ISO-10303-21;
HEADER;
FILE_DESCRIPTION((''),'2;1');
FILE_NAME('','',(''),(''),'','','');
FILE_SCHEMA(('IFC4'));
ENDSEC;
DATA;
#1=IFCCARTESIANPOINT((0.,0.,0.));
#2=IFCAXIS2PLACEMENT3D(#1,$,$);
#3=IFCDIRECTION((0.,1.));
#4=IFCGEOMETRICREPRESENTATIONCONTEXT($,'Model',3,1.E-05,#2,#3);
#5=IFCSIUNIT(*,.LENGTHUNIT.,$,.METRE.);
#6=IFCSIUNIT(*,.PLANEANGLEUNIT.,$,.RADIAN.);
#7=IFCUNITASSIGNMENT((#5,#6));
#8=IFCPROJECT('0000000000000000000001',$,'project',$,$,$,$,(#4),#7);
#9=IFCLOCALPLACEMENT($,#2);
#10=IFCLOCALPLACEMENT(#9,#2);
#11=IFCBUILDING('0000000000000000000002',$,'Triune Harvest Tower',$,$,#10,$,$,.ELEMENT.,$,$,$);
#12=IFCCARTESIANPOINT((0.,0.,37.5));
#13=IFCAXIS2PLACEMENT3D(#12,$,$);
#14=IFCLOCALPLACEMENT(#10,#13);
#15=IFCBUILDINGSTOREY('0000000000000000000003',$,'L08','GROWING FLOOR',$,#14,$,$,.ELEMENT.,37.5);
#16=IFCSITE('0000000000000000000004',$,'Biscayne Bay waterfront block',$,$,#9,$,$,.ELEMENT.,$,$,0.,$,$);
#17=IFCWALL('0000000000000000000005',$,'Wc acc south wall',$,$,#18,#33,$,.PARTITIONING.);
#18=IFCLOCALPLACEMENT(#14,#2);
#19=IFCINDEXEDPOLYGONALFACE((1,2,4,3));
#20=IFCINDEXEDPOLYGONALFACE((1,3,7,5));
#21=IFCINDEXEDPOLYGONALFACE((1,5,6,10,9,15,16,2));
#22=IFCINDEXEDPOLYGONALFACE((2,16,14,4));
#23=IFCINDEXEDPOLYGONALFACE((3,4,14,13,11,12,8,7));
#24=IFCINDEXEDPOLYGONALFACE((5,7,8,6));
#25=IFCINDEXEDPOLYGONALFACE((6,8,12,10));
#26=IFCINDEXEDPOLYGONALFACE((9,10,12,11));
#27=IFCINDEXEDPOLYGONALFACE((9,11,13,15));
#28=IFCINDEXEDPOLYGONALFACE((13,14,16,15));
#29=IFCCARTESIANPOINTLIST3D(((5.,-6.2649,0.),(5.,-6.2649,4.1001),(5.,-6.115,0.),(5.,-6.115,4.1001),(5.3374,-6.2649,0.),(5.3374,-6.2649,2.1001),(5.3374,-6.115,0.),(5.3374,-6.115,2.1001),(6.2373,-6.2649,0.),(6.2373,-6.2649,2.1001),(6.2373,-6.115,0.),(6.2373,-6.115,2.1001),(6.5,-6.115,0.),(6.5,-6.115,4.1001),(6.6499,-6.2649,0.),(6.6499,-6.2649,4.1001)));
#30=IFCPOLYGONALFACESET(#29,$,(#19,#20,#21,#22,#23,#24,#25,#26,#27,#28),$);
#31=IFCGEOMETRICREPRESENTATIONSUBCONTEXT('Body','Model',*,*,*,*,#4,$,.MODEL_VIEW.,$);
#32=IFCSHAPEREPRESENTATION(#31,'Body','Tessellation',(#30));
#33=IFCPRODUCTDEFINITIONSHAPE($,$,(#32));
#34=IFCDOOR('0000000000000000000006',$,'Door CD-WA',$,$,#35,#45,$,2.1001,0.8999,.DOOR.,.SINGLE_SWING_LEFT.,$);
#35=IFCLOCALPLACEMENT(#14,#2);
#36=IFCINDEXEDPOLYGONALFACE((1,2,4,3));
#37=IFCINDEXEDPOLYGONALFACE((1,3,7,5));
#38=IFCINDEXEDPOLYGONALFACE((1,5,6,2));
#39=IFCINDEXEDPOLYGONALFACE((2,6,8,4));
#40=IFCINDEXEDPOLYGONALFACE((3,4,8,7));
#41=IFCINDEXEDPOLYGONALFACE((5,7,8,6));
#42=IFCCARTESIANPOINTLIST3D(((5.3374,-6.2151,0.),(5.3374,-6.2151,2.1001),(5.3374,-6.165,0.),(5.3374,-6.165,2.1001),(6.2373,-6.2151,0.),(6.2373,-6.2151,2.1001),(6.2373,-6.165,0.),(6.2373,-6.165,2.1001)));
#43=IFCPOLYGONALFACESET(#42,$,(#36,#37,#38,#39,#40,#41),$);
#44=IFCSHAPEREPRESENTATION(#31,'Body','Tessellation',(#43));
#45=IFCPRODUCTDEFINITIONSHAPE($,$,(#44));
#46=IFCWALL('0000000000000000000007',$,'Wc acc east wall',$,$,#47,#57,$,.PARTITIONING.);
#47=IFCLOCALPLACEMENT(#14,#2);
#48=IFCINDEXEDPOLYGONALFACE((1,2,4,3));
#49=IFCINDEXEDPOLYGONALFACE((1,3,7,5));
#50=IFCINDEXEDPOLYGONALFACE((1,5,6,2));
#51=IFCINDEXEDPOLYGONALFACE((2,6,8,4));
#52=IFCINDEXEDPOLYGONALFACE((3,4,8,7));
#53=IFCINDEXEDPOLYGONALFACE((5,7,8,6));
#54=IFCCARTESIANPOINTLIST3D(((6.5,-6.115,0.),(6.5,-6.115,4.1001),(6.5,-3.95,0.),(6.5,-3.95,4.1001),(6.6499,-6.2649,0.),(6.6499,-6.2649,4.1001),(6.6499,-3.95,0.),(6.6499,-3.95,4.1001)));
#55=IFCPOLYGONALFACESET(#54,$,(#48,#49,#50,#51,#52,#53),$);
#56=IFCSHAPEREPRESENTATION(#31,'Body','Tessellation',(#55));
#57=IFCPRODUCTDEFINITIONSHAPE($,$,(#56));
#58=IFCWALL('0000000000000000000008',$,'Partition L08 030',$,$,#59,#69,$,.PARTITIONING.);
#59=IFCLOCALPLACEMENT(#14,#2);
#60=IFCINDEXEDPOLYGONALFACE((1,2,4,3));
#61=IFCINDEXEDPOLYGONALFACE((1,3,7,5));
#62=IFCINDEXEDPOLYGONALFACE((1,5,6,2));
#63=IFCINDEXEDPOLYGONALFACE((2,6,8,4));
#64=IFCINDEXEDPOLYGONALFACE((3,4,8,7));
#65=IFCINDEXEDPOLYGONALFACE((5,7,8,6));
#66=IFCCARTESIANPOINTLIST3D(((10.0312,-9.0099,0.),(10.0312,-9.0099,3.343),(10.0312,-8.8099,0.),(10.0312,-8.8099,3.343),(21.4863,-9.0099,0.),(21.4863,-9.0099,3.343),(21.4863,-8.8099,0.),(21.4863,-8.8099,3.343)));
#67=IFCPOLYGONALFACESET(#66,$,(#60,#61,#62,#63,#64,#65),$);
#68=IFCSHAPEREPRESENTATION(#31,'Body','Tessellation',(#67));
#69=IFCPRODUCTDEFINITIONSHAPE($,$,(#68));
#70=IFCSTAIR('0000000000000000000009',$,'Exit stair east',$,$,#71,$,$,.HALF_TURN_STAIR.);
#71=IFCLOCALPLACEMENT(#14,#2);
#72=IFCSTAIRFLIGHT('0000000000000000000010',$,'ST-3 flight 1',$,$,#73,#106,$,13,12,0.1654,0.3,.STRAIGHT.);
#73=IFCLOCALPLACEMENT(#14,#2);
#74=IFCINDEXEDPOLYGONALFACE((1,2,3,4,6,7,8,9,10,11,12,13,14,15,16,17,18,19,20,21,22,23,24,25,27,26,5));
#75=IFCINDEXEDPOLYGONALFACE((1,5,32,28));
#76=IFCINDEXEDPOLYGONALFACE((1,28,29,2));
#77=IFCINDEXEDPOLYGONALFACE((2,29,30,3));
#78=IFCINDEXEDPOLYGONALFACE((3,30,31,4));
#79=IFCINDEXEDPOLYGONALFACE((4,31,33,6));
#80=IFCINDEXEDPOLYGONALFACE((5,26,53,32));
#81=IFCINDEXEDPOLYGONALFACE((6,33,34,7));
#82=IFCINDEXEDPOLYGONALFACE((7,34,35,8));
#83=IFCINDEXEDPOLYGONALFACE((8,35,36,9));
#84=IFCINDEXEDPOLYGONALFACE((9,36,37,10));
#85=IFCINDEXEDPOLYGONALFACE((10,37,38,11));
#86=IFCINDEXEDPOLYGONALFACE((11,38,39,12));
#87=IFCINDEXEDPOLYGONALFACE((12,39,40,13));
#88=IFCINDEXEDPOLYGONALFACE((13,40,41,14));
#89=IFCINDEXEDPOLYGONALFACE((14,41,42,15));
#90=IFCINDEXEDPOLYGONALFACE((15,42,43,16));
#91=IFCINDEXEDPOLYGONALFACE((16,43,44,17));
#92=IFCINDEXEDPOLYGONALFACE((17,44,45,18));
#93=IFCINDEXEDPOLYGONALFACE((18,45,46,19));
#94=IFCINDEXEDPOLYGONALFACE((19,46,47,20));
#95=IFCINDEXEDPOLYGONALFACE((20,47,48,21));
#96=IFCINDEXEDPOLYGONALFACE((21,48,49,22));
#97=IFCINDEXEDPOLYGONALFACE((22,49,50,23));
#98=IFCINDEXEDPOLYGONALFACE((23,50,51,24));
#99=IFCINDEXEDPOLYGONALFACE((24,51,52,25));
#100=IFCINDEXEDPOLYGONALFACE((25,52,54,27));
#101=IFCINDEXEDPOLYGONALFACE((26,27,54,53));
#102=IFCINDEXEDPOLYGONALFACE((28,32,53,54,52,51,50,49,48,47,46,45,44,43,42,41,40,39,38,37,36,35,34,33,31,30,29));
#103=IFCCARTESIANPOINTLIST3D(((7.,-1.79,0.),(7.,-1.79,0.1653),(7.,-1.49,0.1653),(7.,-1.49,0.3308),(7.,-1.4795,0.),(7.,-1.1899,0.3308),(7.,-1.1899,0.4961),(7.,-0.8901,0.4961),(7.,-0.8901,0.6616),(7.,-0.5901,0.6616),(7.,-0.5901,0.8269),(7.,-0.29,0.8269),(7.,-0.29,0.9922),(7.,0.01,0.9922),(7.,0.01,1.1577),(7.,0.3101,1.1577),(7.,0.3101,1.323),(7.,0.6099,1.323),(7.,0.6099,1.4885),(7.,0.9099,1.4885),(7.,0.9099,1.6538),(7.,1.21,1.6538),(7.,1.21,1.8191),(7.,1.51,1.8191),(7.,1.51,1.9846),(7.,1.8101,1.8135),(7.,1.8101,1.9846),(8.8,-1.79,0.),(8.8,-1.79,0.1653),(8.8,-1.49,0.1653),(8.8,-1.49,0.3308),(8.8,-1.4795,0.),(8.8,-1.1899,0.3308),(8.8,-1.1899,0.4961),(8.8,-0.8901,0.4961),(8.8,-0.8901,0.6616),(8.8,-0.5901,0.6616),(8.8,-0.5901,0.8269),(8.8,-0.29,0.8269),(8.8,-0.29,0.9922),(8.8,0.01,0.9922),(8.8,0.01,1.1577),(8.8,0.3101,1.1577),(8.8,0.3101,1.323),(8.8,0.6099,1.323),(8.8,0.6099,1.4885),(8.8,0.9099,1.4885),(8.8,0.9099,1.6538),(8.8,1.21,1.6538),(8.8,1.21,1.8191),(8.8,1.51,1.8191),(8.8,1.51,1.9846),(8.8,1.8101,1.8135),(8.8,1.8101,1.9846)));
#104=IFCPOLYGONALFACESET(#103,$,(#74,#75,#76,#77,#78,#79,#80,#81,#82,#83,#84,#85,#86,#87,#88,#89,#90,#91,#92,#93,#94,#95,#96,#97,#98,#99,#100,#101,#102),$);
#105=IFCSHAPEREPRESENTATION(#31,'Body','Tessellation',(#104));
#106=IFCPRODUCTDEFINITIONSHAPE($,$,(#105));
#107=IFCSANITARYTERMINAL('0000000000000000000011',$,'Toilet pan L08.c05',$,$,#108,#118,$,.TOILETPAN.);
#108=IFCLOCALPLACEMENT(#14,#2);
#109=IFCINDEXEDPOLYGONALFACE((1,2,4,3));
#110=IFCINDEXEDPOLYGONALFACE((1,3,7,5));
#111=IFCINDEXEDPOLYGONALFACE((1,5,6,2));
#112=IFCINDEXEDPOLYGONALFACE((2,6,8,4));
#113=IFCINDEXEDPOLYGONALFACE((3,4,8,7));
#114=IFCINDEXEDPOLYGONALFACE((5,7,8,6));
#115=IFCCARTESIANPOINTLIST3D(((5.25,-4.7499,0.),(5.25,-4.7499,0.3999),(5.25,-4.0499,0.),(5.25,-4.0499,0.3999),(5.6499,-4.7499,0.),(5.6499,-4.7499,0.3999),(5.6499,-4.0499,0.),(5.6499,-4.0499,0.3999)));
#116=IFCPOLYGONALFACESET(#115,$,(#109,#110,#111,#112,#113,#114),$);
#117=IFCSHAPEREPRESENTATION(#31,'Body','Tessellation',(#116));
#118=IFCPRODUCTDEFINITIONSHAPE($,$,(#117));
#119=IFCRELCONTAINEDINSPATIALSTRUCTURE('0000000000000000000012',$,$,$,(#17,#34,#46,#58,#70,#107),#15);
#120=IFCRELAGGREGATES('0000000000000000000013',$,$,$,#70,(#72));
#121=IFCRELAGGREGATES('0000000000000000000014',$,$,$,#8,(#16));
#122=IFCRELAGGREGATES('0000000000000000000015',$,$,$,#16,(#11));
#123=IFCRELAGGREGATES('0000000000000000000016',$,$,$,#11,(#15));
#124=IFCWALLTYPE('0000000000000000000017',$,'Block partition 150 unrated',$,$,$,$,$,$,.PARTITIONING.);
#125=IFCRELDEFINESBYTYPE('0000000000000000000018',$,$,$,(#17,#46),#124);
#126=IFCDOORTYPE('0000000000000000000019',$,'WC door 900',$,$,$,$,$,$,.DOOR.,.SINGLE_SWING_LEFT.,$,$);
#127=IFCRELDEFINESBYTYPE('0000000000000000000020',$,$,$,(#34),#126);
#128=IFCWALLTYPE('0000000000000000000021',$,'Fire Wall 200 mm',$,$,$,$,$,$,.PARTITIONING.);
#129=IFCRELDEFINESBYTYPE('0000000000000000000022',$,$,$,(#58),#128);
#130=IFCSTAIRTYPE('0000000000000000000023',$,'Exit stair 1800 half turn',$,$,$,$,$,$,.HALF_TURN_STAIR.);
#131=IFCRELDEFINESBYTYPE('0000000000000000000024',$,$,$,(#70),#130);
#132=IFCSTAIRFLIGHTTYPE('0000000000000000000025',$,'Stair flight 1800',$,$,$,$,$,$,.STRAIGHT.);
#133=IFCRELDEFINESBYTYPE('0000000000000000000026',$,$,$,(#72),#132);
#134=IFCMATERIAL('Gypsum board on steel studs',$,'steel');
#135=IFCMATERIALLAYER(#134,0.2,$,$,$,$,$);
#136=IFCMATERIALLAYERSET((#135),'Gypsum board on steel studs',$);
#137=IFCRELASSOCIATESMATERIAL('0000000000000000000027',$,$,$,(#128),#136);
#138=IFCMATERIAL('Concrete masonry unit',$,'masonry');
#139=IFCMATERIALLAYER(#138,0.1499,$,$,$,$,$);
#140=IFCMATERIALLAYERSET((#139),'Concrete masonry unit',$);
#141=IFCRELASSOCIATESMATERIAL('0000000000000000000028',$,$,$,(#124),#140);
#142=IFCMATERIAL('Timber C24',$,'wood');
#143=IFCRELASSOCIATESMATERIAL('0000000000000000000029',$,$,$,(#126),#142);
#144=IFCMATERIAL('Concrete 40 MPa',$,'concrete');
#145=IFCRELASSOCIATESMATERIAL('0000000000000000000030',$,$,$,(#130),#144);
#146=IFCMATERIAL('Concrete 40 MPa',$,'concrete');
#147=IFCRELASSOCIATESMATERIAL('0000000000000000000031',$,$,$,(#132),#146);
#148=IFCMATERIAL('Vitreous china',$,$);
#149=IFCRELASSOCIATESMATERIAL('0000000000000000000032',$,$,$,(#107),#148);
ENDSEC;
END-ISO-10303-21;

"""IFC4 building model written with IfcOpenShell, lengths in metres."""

from ifc_helpers import new_model, si_unit, direction, frame, frame_2d, origin, origin_2d, place, context, subcontext, project, spatial, polyline, rectangle, outline, extrude, source, transform, mapped, material, layer, layer_set, type_object, element, fill, aggregate, save


model = new_model("IFC4")

# Units and contexts
model_context = context("Model", 3, precision=1e-05, world=origin(), true_north=direction((0.0, 1.0)))
body_context = subcontext(model_context, "Body", "Model", "MODEL_VIEW")
ifc_project = project(units=[si_unit("LENGTHUNIT", "METRE"), si_unit("PLANEANGLEUNIT", "RADIAN")], contexts=[model_context])

# Site, building, storey
site_placement = place(None, origin())
site = spatial("IfcSite", under=ifc_project, at=site_placement, Name="Biscayne Bay waterfront block", CompositionType="ELEMENT", RefElevation=0.0)
building_placement = place(site_placement, origin())
building = spatial("IfcBuilding", under=site, at=building_placement, Name="Triune Harvest Tower", CompositionType="ELEMENT")
storey_placement = place(building_placement, frame((0.0, 0.0, 37.5)))
storey = spatial("IfcBuildingStorey", under=building, at=storey_placement, Name="L08", Description="GROWING FLOOR", CompositionType="ELEMENT", Elevation=37.5)

# Shared definitions
ifc_material_1 = material(Name="Gypsum board on steel studs", Category="steel")
ifc_layer_1 = layer(ifc_material_1, 0.2)
ifc_layer_set_1 = layer_set([ifc_layer_1], Name="Gypsum board on steel studs")
wall_type_1 = type_object("IfcWallType", Name="Fire Wall 200 mm", PredefinedType="PARTITIONING", material=ifc_layer_set_1)

# Wall, opening, door
ifc_material_2 = material(Name="Concrete masonry unit", Category="masonry")
ifc_layer_2 = layer(ifc_material_2, 0.1499)
ifc_layer_set_2 = layer_set([ifc_layer_2], Name="Concrete masonry unit")
wall_type_2 = type_object("IfcWallType", Name="Block partition 150 unrated", PredefinedType="PARTITIONING", material=ifc_layer_set_2)
shared_shape_1 = source(origin(), body_context, "Body", "SweptSolid", [
    extrude(outline(polyline([(0.0, -0.075), (1.6499, -0.075), (1.5, 0.075), (0.0, 0.075), (0.0, -0.075)])), origin(), (0.0, 0.0, 1.0), 4.1001),
])
wall_1_placement = place(storey_placement, frame((5.0, -6.1899, 0.0), z_axis=(0.0, 0.0, 1.0), x_axis=(1.0, 0.0, 0.0)))
wall_1 = element("IfcWall", 1, at=wall_1_placement, inside=storey, type_object=wall_type_2, Name="Wc acc south wall", PredefinedType="PARTITIONING", context=body_context, shape_type="MappedRepresentation", body=[
    mapped(shared_shape_1, transform((0.0, 0.0, 0.0), scale=1.0)),
])
opening_1_placement = place(wall_1_placement, frame((0.3374, 0.0, 0.0)))
opening_1 = element("IfcOpeningElement", 2, at=opening_1_placement, cuts=wall_1, PredefinedType="OPENING", context=body_context, shape_type="SweptSolid", body=[
    extrude(rectangle(XDim=0.8999, YDim=2.1001, at=frame_2d((0.45, 1.05))), frame((0.0, 0.085, 0.0), z_axis=(0.0, -1.0, 0.0), x_axis=(1.0, 0.0, 0.0)), (0.0, 0.0, 1.0), 0.1699),
])
ifc_material_3 = material(Name="Timber C24", Category="wood")
door_type_1 = type_object("IfcDoorType", Name="WC door 900", OperationType="SINGLE_SWING_LEFT", PredefinedType="DOOR", material=ifc_material_3)
door_1_placement = place(opening_1_placement, origin())
door_1 = element("IfcDoor", 3, at=door_1_placement, inside=storey, type_object=door_type_1, Name="Door CD-WA", OperationType="SINGLE_SWING_LEFT", OverallHeight=2.1001, OverallWidth=0.8999, PredefinedType="DOOR", context=body_context, shape_type="SweptSolid", body=[
    extrude(rectangle(XDim=0.8999, YDim=2.1001, at=frame_2d((0.45, 1.05))), frame((0.0, 0.0249, 0.0), z_axis=(0.0, -1.0, 0.0), x_axis=(1.0, 0.0, 0.0)), (0.0, 0.0, 1.0), 0.05),
])
fill(opening_1, door_1)

# Walls
shared_shape_2 = source(origin(), body_context, "Body", "SweptSolid", [
    extrude(outline(polyline([(-0.075, -0.075), (2.24, -0.075), (2.24, 0.075), (0.075, 0.075), (-0.075, -0.075)])), origin(), (0.0, 0.0, 1.0), 4.1001),
])
wall_2_placement = place(storey_placement, frame((6.575, -6.1899, 0.0), z_axis=(0.0, 0.0, 1.0), x_axis=(0.0, 1.0, 0.0)))
element("IfcWall", 4, at=wall_2_placement, inside=storey, type_object=wall_type_2, Name="Wc acc east wall", PredefinedType="PARTITIONING", context=body_context, shape_type="MappedRepresentation", body=[
    mapped(shared_shape_2, transform((0.0, 0.0, 0.0), scale=1.0)),
])
shared_shape_3 = source(origin(), body_context, "Body", "SweptSolid", [
    extrude(rectangle(XDim=11.4551, YDim=0.2, at=frame_2d((5.7275, 0.0))), origin(), (0.0, 0.0, 1.0), 3.343),
])
wall_3_placement = place(storey_placement, frame((10.0312, -8.9099, 0.0), z_axis=(0.0, 0.0, 1.0), x_axis=(1.0, 0.0, 0.0)))
element("IfcWall", 5, at=wall_3_placement, inside=storey, type_object=wall_type_1, Name="Partition L08 030", PredefinedType="PARTITIONING", context=body_context, shape_type="MappedRepresentation", body=[
    mapped(shared_shape_3, transform((0.0, 0.0, 0.0), scale=1.0)),
])

# Stair, stair flight
ifc_material_4 = material(Name="Concrete 40 MPa", Category="concrete")
stair_type = type_object("IfcStairType", Name="Exit stair 1800 half turn", PredefinedType="HALF_TURN_STAIR", material=ifc_material_4)
stair_placement = place(storey_placement, origin())
stair = element("IfcStair", 6, at=stair_placement, inside=storey, type_object=stair_type, Name="Exit stair east", PredefinedType="HALF_TURN_STAIR")
ifc_material_5 = material(Name="Concrete 40 MPa", Category="concrete")
stair_flight_type = type_object("IfcStairFlightType", Name="Stair flight 1800", PredefinedType="STRAIGHT", material=ifc_material_5)
shared_shape_4 = source(origin(), body_context, "Body", "SweptSolid", [
    extrude(outline(polyline([(0.0, 0.0), (0.0, 0.1653), (0.3, 0.1653), (0.3, 0.3308), (0.6001, 0.3308), (0.6001, 0.4961), (0.8999, 0.4961), (0.8999, 0.6616), (1.2, 0.6616), (1.2, 0.8269), (1.5, 0.8269), (1.5, 0.9922), (1.8, 0.9922), (1.8, 1.1577), (2.1001, 1.1577), (2.1001, 1.323), (2.3999, 1.323), (2.3999, 1.4885), (2.7, 1.4885), (2.7, 1.6538), (3.0, 1.6538), (3.0, 1.8191), (3.3, 1.8191), (3.3, 1.9846), (3.6001, 1.9846), (3.6001, 2.1499), (3.6001, 1.8135), (0.3105, 0.0), (0.0, 0.0)])), frame((0.0, 0.8999, 0.0), z_axis=(0.0, -1.0, 0.0), x_axis=(1.0, 0.0, 0.0)), (0.0, 0.0, 1.0), 1.8),
])
stair_flight_placement = place(storey_placement, frame((7.8999, -1.79, 0.0), z_axis=(0.0, 0.0, 1.0), x_axis=(0.0, 1.0, 0.0)))
stair_flight = element("IfcStairFlight", 7, at=stair_flight_placement, type_object=stair_flight_type, Name="ST-3 flight 1", NumberOfRisers=13, NumberOfTreads=12, PredefinedType="STRAIGHT", RiserHeight=0.1654, TreadLength=0.3, context=body_context, shape_type="MappedRepresentation", body=[
    mapped(shared_shape_4, transform((0.0, 0.0, 0.0), scale=1.0)),
])
aggregate(stair, [stair_flight])

# Sanitary terminal
ifc_material_6 = material(Name="Vitreous china")
shared_shape_5 = source(origin(), body_context, "Body", "SweptSolid", [
    extrude(rectangle(XDim=0.3999, YDim=0.7, at=origin_2d()), origin(), (0.0, 0.0, 1.0), 0.3999),
])
sanitary_terminal_placement = place(storey_placement, frame((5.45, -4.3999, 0.0), z_axis=(0.0, 0.0, 1.0), x_axis=(1.0, 0.0, 0.0)))
element("IfcSanitaryTerminal", 8, at=sanitary_terminal_placement, inside=storey, material=ifc_material_6, Name="Toilet pan L08.c05", PredefinedType="TOILETPAN", context=body_context, shape_type="MappedRepresentation", body=[
    mapped(shared_shape_5, transform((0.0, 0.0, 0.0), scale=1.0)),
])

save(model, "model.ifc")
